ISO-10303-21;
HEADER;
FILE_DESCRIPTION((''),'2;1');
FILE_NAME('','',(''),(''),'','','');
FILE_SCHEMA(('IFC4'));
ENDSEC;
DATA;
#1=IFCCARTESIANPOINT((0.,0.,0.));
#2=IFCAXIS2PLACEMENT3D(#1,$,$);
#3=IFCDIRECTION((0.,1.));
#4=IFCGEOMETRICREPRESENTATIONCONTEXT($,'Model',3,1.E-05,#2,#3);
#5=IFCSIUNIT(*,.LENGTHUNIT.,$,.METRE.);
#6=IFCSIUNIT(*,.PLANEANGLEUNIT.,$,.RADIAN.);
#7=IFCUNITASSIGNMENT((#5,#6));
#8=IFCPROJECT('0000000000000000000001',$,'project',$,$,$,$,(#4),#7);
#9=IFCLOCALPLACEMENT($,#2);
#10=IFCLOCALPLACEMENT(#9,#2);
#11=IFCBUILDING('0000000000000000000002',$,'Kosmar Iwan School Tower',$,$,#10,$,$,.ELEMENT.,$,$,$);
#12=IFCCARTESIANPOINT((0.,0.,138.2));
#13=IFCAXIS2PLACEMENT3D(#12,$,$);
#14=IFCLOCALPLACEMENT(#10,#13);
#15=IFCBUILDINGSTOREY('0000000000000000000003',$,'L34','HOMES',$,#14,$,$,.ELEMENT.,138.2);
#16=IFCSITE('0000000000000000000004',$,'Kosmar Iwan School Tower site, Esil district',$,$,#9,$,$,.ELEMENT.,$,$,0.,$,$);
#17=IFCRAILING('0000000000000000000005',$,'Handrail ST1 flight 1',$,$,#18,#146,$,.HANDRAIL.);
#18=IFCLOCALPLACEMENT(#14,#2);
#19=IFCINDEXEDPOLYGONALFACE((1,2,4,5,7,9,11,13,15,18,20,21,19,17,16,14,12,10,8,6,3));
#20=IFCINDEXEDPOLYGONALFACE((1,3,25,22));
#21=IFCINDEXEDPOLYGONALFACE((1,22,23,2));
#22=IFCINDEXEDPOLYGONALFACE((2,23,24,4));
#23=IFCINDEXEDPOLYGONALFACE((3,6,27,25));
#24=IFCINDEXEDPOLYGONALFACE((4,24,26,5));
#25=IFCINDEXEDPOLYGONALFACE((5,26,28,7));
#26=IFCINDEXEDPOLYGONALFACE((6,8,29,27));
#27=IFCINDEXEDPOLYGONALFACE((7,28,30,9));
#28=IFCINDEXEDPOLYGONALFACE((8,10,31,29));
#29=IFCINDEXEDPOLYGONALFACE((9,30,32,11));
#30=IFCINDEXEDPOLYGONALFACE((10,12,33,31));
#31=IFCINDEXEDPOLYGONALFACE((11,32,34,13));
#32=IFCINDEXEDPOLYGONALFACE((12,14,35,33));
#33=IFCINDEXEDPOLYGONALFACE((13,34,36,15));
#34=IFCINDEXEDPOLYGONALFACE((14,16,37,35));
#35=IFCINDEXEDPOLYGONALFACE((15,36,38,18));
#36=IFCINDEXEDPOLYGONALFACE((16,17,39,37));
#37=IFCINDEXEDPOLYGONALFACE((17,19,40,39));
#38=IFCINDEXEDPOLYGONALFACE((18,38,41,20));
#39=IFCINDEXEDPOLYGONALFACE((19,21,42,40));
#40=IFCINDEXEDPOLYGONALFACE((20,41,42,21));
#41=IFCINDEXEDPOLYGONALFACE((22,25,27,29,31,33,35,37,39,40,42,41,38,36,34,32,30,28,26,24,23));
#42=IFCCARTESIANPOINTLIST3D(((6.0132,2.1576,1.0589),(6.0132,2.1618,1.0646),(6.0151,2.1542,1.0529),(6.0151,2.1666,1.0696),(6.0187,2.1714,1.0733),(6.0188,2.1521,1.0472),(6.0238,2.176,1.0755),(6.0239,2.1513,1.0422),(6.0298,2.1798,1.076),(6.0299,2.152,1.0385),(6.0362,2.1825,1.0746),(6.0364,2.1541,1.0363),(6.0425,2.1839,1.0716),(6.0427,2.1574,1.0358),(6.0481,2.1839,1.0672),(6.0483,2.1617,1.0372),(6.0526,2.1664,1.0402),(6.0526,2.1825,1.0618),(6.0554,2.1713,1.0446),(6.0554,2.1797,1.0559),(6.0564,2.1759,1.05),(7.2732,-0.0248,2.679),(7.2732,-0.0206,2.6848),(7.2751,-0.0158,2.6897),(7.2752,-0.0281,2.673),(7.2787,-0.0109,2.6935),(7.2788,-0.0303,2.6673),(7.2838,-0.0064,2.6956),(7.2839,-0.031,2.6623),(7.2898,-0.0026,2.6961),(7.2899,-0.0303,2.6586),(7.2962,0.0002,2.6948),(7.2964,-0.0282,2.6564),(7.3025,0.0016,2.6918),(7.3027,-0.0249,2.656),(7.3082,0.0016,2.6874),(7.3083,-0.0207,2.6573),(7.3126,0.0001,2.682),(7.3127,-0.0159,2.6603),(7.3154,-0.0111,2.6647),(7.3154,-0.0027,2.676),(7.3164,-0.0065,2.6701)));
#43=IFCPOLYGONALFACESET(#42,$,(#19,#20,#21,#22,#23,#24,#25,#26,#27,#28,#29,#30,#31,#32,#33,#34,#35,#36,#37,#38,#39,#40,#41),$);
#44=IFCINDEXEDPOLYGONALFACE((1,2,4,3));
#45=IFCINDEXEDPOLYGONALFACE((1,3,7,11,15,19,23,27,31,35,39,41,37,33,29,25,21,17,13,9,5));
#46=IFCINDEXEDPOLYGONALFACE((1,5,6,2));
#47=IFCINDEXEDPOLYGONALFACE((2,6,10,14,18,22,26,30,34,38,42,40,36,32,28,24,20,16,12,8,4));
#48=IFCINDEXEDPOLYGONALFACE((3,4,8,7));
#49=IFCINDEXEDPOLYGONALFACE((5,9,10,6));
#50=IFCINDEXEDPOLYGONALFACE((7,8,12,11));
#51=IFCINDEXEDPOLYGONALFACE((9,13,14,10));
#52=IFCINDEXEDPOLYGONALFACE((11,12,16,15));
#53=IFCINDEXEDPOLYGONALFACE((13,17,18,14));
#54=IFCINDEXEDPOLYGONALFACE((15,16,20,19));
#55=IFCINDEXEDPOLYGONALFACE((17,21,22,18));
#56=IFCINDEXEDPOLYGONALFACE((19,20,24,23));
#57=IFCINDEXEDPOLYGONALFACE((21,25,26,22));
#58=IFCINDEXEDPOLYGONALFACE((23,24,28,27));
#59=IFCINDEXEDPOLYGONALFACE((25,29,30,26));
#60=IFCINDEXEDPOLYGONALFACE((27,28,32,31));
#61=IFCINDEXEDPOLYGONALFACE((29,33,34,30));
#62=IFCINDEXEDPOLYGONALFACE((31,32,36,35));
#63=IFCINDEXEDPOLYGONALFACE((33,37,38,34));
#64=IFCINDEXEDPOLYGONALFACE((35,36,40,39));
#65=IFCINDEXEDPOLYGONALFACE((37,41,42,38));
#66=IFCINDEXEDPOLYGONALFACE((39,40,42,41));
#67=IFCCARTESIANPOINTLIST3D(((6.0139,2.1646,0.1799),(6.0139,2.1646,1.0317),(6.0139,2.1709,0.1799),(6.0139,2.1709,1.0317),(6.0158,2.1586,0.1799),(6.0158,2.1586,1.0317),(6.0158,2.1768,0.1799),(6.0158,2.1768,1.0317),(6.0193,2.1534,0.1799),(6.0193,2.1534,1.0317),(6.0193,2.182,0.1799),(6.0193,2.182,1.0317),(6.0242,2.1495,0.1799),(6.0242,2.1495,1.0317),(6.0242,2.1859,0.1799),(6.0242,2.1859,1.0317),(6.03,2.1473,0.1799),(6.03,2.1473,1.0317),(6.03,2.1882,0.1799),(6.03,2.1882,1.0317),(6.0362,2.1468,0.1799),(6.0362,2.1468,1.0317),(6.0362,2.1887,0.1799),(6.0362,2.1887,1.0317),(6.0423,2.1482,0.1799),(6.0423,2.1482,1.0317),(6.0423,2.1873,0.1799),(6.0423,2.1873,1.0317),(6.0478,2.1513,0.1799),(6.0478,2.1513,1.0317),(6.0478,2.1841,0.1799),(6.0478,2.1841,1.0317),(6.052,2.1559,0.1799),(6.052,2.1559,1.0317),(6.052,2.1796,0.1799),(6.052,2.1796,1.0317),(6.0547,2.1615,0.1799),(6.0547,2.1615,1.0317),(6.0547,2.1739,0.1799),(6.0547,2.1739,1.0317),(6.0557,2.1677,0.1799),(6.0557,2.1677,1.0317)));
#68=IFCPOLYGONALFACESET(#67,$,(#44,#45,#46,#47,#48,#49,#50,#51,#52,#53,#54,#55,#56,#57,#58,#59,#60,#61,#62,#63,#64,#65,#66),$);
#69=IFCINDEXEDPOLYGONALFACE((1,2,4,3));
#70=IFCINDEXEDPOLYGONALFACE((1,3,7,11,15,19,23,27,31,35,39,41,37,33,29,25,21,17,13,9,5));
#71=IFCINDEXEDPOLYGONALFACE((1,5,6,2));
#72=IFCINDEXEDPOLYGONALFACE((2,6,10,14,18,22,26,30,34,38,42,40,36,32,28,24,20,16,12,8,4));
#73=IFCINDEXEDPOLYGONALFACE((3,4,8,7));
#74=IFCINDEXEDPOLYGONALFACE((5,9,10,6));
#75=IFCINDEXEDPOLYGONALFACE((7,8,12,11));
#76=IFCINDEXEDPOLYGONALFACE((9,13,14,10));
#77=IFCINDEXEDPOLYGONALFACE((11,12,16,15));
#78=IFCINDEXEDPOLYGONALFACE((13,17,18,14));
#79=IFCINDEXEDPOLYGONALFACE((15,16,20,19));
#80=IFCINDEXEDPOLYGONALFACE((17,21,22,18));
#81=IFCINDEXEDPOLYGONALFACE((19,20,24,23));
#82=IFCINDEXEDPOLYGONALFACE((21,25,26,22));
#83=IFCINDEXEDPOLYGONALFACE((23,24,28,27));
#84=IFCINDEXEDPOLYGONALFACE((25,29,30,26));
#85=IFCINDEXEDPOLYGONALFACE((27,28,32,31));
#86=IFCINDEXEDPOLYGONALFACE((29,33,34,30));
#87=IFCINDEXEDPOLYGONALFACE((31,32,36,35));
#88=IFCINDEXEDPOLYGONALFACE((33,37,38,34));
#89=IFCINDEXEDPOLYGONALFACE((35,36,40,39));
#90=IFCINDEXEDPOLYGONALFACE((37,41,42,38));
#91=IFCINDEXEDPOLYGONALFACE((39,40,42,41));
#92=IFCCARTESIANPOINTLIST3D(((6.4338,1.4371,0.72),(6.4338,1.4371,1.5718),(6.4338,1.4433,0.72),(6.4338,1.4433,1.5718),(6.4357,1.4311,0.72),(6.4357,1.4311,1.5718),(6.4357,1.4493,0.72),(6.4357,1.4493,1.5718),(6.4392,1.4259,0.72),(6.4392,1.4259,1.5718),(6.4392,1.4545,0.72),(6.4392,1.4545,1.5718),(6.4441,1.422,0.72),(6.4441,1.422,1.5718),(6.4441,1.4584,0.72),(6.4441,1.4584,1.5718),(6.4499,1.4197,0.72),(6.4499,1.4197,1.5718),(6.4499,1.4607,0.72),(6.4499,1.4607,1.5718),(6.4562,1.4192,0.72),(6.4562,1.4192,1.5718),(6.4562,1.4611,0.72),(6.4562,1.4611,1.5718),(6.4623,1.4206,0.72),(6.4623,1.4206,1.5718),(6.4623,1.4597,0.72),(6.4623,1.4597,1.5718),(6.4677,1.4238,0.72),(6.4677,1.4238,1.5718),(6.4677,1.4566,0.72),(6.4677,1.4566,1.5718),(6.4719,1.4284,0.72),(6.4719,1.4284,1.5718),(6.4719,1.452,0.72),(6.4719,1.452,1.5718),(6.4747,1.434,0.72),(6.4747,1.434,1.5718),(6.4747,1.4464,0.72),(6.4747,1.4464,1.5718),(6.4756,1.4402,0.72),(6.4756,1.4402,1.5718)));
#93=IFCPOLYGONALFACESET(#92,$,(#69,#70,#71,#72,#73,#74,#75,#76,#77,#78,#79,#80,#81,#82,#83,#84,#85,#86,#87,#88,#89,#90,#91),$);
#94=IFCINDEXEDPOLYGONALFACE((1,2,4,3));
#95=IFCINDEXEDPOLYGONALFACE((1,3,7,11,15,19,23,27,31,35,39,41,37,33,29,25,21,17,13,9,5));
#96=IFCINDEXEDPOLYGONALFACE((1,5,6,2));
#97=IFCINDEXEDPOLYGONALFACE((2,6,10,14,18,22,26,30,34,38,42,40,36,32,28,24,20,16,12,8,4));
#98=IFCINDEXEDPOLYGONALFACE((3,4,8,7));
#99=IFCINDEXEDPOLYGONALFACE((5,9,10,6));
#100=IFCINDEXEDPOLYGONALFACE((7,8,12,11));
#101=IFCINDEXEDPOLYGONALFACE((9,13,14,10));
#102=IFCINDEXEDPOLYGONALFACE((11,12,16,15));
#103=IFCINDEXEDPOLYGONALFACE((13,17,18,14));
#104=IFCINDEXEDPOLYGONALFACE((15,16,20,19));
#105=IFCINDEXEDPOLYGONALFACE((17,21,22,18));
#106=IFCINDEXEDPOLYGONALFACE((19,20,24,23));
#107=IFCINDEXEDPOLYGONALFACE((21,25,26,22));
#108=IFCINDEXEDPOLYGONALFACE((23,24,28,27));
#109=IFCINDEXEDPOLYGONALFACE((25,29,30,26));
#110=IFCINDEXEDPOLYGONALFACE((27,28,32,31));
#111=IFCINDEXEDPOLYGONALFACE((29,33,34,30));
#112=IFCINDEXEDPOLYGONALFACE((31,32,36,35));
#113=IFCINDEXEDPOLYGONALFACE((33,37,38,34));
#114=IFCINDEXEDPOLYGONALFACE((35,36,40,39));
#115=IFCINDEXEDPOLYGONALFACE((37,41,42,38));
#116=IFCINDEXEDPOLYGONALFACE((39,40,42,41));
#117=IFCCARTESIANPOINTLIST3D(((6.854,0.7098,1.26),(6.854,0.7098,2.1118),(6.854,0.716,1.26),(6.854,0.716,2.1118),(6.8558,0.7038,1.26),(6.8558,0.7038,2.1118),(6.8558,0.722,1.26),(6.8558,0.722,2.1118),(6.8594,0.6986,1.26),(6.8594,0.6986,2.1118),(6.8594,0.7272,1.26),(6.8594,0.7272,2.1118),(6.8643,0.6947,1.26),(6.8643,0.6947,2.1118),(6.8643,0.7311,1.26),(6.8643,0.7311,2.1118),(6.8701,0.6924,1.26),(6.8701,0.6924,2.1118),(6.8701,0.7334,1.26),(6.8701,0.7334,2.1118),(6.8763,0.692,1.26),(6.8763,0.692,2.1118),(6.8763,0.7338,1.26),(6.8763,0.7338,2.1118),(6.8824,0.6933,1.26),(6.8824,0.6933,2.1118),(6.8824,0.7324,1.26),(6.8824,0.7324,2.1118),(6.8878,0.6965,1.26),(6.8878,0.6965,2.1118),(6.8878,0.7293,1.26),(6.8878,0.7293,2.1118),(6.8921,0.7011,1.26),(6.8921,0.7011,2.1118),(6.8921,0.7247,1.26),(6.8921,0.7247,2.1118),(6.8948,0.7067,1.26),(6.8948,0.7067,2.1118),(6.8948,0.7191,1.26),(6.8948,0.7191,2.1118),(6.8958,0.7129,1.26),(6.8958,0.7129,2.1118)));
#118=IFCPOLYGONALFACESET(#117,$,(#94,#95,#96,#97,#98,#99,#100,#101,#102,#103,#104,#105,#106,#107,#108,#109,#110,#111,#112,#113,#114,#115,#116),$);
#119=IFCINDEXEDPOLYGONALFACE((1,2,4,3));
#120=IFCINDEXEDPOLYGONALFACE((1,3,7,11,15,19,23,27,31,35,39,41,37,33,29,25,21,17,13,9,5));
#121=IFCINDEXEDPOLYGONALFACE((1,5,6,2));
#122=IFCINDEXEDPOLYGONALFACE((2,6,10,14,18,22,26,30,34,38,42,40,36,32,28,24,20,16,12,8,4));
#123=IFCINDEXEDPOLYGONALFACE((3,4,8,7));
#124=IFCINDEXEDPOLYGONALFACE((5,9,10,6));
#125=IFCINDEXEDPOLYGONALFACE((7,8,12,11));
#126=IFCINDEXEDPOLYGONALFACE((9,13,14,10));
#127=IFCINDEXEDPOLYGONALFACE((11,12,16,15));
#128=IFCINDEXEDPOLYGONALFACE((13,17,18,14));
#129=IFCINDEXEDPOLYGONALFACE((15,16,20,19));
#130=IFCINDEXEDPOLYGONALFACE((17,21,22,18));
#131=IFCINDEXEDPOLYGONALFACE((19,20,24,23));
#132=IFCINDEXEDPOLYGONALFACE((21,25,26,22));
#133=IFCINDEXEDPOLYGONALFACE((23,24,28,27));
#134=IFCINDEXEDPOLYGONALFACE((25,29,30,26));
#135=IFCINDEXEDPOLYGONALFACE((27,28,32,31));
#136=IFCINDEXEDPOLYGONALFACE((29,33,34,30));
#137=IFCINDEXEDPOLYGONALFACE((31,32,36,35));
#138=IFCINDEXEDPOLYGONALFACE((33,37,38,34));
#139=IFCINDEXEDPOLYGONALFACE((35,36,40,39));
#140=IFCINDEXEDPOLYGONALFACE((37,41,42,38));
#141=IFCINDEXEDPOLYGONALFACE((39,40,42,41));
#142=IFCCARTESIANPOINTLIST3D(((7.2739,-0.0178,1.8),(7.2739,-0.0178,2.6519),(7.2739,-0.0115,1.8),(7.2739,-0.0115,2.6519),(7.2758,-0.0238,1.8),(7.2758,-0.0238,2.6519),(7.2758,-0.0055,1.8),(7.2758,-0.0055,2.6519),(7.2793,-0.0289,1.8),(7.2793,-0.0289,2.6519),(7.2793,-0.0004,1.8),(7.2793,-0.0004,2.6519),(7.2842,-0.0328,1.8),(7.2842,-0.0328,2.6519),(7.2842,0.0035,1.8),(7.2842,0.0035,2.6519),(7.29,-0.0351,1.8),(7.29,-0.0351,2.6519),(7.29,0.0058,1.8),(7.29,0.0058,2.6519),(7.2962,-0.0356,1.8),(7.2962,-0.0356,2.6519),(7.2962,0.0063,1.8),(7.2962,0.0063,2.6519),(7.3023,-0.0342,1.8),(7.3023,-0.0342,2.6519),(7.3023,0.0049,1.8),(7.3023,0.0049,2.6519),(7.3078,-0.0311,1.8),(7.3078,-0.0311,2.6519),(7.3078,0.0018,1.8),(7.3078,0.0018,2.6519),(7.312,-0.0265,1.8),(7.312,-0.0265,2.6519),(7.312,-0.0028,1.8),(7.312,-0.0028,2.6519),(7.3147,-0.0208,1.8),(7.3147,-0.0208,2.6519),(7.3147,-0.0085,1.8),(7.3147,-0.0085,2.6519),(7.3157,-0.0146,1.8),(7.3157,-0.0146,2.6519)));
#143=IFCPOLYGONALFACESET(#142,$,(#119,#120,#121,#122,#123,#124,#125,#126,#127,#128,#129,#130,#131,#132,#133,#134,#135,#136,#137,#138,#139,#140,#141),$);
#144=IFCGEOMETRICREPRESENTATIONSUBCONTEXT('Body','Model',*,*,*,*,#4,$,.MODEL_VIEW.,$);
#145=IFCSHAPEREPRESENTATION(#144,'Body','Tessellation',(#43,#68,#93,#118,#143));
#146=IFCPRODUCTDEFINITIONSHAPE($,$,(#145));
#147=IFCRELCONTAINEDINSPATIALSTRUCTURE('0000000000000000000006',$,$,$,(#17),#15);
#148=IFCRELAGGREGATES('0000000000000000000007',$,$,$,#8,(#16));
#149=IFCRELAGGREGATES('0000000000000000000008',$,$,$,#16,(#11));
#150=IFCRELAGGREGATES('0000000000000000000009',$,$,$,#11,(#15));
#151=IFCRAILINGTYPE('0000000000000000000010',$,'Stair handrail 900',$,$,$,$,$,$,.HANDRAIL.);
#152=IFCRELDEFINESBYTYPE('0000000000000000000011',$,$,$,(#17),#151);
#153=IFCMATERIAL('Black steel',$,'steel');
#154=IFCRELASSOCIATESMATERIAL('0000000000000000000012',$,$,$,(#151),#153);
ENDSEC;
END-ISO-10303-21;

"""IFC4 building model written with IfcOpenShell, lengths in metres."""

from ifc_helpers import new_model, si_unit, direction, frame, origin, origin_2d, place, context, subcontext, project, spatial, circle, extrude, material, type_object, element, save


model = new_model("IFC4")

# Units and contexts
model_context = context("Model", 3, precision=1e-05, world=origin(), true_north=direction((0.0, 1.0)))
body_context = subcontext(model_context, "Body", "Model", "MODEL_VIEW")
ifc_project = project(units=[si_unit("LENGTHUNIT", "METRE"), si_unit("PLANEANGLEUNIT", "RADIAN")], contexts=[model_context])

# Site, building, storey
site_placement = place(None, origin())
site = spatial("IfcSite", under=ifc_project, at=site_placement, Name="Kosmar Iwan School Tower site, Esil district", CompositionType="ELEMENT", RefElevation=0.0)
building_placement = place(site_placement, origin())
building = spatial("IfcBuilding", under=site, at=building_placement, Name="Kosmar Iwan School Tower", CompositionType="ELEMENT")
storey_placement = place(building_placement, frame((0.0, 0.0, 138.2)))
storey = spatial("IfcBuildingStorey", under=building, at=storey_placement, Name="L34", Description="HOMES", CompositionType="ELEMENT", Elevation=138.2)

# Railing
ifc_material_1 = material(Name="Black steel", Category="steel")
railing_type = type_object("IfcRailingType", Name="Stair handrail 900", PredefinedType="HANDRAIL", material=ifc_material_1)
railing_placement = place(storey_placement, frame((6.0347, 2.1677, 0.1799)))
element("IfcRailing", 1, at=railing_placement, inside=storey, type_object=railing_type, Name="Handrail ST1 flight 1", PredefinedType="HANDRAIL", context=body_context, shape_type="SweptSolid", body=[
    extrude(circle(Radius=0.0239, at=origin_2d()), frame((0.0, 0.0, 0.876), z_axis=(0.420584, -0.728464, 0.540786), x_axis=(0.866023, 0.500005, 0.0)), (0.0, 0.0, 1.0), 2.9958),
    extrude(circle(Radius=0.021, at=origin_2d()), origin(), (0.0, 0.0, 1.0), 0.8518),
    extrude(circle(Radius=0.021, at=origin_2d()), frame((0.4199, -0.7275, 0.54)), (0.0, 0.0, 1.0), 0.8518),
    extrude(circle(Radius=0.021, at=origin_2d()), frame((0.8401, -1.4548, 1.0801)), (0.0, 0.0, 1.0), 0.8518),
    extrude(circle(Radius=0.021, at=origin_2d()), frame((1.26, -2.1824, 1.6201)), (0.0, 0.0, 1.0), 0.8518),
])

save(model, "model.ifc")
